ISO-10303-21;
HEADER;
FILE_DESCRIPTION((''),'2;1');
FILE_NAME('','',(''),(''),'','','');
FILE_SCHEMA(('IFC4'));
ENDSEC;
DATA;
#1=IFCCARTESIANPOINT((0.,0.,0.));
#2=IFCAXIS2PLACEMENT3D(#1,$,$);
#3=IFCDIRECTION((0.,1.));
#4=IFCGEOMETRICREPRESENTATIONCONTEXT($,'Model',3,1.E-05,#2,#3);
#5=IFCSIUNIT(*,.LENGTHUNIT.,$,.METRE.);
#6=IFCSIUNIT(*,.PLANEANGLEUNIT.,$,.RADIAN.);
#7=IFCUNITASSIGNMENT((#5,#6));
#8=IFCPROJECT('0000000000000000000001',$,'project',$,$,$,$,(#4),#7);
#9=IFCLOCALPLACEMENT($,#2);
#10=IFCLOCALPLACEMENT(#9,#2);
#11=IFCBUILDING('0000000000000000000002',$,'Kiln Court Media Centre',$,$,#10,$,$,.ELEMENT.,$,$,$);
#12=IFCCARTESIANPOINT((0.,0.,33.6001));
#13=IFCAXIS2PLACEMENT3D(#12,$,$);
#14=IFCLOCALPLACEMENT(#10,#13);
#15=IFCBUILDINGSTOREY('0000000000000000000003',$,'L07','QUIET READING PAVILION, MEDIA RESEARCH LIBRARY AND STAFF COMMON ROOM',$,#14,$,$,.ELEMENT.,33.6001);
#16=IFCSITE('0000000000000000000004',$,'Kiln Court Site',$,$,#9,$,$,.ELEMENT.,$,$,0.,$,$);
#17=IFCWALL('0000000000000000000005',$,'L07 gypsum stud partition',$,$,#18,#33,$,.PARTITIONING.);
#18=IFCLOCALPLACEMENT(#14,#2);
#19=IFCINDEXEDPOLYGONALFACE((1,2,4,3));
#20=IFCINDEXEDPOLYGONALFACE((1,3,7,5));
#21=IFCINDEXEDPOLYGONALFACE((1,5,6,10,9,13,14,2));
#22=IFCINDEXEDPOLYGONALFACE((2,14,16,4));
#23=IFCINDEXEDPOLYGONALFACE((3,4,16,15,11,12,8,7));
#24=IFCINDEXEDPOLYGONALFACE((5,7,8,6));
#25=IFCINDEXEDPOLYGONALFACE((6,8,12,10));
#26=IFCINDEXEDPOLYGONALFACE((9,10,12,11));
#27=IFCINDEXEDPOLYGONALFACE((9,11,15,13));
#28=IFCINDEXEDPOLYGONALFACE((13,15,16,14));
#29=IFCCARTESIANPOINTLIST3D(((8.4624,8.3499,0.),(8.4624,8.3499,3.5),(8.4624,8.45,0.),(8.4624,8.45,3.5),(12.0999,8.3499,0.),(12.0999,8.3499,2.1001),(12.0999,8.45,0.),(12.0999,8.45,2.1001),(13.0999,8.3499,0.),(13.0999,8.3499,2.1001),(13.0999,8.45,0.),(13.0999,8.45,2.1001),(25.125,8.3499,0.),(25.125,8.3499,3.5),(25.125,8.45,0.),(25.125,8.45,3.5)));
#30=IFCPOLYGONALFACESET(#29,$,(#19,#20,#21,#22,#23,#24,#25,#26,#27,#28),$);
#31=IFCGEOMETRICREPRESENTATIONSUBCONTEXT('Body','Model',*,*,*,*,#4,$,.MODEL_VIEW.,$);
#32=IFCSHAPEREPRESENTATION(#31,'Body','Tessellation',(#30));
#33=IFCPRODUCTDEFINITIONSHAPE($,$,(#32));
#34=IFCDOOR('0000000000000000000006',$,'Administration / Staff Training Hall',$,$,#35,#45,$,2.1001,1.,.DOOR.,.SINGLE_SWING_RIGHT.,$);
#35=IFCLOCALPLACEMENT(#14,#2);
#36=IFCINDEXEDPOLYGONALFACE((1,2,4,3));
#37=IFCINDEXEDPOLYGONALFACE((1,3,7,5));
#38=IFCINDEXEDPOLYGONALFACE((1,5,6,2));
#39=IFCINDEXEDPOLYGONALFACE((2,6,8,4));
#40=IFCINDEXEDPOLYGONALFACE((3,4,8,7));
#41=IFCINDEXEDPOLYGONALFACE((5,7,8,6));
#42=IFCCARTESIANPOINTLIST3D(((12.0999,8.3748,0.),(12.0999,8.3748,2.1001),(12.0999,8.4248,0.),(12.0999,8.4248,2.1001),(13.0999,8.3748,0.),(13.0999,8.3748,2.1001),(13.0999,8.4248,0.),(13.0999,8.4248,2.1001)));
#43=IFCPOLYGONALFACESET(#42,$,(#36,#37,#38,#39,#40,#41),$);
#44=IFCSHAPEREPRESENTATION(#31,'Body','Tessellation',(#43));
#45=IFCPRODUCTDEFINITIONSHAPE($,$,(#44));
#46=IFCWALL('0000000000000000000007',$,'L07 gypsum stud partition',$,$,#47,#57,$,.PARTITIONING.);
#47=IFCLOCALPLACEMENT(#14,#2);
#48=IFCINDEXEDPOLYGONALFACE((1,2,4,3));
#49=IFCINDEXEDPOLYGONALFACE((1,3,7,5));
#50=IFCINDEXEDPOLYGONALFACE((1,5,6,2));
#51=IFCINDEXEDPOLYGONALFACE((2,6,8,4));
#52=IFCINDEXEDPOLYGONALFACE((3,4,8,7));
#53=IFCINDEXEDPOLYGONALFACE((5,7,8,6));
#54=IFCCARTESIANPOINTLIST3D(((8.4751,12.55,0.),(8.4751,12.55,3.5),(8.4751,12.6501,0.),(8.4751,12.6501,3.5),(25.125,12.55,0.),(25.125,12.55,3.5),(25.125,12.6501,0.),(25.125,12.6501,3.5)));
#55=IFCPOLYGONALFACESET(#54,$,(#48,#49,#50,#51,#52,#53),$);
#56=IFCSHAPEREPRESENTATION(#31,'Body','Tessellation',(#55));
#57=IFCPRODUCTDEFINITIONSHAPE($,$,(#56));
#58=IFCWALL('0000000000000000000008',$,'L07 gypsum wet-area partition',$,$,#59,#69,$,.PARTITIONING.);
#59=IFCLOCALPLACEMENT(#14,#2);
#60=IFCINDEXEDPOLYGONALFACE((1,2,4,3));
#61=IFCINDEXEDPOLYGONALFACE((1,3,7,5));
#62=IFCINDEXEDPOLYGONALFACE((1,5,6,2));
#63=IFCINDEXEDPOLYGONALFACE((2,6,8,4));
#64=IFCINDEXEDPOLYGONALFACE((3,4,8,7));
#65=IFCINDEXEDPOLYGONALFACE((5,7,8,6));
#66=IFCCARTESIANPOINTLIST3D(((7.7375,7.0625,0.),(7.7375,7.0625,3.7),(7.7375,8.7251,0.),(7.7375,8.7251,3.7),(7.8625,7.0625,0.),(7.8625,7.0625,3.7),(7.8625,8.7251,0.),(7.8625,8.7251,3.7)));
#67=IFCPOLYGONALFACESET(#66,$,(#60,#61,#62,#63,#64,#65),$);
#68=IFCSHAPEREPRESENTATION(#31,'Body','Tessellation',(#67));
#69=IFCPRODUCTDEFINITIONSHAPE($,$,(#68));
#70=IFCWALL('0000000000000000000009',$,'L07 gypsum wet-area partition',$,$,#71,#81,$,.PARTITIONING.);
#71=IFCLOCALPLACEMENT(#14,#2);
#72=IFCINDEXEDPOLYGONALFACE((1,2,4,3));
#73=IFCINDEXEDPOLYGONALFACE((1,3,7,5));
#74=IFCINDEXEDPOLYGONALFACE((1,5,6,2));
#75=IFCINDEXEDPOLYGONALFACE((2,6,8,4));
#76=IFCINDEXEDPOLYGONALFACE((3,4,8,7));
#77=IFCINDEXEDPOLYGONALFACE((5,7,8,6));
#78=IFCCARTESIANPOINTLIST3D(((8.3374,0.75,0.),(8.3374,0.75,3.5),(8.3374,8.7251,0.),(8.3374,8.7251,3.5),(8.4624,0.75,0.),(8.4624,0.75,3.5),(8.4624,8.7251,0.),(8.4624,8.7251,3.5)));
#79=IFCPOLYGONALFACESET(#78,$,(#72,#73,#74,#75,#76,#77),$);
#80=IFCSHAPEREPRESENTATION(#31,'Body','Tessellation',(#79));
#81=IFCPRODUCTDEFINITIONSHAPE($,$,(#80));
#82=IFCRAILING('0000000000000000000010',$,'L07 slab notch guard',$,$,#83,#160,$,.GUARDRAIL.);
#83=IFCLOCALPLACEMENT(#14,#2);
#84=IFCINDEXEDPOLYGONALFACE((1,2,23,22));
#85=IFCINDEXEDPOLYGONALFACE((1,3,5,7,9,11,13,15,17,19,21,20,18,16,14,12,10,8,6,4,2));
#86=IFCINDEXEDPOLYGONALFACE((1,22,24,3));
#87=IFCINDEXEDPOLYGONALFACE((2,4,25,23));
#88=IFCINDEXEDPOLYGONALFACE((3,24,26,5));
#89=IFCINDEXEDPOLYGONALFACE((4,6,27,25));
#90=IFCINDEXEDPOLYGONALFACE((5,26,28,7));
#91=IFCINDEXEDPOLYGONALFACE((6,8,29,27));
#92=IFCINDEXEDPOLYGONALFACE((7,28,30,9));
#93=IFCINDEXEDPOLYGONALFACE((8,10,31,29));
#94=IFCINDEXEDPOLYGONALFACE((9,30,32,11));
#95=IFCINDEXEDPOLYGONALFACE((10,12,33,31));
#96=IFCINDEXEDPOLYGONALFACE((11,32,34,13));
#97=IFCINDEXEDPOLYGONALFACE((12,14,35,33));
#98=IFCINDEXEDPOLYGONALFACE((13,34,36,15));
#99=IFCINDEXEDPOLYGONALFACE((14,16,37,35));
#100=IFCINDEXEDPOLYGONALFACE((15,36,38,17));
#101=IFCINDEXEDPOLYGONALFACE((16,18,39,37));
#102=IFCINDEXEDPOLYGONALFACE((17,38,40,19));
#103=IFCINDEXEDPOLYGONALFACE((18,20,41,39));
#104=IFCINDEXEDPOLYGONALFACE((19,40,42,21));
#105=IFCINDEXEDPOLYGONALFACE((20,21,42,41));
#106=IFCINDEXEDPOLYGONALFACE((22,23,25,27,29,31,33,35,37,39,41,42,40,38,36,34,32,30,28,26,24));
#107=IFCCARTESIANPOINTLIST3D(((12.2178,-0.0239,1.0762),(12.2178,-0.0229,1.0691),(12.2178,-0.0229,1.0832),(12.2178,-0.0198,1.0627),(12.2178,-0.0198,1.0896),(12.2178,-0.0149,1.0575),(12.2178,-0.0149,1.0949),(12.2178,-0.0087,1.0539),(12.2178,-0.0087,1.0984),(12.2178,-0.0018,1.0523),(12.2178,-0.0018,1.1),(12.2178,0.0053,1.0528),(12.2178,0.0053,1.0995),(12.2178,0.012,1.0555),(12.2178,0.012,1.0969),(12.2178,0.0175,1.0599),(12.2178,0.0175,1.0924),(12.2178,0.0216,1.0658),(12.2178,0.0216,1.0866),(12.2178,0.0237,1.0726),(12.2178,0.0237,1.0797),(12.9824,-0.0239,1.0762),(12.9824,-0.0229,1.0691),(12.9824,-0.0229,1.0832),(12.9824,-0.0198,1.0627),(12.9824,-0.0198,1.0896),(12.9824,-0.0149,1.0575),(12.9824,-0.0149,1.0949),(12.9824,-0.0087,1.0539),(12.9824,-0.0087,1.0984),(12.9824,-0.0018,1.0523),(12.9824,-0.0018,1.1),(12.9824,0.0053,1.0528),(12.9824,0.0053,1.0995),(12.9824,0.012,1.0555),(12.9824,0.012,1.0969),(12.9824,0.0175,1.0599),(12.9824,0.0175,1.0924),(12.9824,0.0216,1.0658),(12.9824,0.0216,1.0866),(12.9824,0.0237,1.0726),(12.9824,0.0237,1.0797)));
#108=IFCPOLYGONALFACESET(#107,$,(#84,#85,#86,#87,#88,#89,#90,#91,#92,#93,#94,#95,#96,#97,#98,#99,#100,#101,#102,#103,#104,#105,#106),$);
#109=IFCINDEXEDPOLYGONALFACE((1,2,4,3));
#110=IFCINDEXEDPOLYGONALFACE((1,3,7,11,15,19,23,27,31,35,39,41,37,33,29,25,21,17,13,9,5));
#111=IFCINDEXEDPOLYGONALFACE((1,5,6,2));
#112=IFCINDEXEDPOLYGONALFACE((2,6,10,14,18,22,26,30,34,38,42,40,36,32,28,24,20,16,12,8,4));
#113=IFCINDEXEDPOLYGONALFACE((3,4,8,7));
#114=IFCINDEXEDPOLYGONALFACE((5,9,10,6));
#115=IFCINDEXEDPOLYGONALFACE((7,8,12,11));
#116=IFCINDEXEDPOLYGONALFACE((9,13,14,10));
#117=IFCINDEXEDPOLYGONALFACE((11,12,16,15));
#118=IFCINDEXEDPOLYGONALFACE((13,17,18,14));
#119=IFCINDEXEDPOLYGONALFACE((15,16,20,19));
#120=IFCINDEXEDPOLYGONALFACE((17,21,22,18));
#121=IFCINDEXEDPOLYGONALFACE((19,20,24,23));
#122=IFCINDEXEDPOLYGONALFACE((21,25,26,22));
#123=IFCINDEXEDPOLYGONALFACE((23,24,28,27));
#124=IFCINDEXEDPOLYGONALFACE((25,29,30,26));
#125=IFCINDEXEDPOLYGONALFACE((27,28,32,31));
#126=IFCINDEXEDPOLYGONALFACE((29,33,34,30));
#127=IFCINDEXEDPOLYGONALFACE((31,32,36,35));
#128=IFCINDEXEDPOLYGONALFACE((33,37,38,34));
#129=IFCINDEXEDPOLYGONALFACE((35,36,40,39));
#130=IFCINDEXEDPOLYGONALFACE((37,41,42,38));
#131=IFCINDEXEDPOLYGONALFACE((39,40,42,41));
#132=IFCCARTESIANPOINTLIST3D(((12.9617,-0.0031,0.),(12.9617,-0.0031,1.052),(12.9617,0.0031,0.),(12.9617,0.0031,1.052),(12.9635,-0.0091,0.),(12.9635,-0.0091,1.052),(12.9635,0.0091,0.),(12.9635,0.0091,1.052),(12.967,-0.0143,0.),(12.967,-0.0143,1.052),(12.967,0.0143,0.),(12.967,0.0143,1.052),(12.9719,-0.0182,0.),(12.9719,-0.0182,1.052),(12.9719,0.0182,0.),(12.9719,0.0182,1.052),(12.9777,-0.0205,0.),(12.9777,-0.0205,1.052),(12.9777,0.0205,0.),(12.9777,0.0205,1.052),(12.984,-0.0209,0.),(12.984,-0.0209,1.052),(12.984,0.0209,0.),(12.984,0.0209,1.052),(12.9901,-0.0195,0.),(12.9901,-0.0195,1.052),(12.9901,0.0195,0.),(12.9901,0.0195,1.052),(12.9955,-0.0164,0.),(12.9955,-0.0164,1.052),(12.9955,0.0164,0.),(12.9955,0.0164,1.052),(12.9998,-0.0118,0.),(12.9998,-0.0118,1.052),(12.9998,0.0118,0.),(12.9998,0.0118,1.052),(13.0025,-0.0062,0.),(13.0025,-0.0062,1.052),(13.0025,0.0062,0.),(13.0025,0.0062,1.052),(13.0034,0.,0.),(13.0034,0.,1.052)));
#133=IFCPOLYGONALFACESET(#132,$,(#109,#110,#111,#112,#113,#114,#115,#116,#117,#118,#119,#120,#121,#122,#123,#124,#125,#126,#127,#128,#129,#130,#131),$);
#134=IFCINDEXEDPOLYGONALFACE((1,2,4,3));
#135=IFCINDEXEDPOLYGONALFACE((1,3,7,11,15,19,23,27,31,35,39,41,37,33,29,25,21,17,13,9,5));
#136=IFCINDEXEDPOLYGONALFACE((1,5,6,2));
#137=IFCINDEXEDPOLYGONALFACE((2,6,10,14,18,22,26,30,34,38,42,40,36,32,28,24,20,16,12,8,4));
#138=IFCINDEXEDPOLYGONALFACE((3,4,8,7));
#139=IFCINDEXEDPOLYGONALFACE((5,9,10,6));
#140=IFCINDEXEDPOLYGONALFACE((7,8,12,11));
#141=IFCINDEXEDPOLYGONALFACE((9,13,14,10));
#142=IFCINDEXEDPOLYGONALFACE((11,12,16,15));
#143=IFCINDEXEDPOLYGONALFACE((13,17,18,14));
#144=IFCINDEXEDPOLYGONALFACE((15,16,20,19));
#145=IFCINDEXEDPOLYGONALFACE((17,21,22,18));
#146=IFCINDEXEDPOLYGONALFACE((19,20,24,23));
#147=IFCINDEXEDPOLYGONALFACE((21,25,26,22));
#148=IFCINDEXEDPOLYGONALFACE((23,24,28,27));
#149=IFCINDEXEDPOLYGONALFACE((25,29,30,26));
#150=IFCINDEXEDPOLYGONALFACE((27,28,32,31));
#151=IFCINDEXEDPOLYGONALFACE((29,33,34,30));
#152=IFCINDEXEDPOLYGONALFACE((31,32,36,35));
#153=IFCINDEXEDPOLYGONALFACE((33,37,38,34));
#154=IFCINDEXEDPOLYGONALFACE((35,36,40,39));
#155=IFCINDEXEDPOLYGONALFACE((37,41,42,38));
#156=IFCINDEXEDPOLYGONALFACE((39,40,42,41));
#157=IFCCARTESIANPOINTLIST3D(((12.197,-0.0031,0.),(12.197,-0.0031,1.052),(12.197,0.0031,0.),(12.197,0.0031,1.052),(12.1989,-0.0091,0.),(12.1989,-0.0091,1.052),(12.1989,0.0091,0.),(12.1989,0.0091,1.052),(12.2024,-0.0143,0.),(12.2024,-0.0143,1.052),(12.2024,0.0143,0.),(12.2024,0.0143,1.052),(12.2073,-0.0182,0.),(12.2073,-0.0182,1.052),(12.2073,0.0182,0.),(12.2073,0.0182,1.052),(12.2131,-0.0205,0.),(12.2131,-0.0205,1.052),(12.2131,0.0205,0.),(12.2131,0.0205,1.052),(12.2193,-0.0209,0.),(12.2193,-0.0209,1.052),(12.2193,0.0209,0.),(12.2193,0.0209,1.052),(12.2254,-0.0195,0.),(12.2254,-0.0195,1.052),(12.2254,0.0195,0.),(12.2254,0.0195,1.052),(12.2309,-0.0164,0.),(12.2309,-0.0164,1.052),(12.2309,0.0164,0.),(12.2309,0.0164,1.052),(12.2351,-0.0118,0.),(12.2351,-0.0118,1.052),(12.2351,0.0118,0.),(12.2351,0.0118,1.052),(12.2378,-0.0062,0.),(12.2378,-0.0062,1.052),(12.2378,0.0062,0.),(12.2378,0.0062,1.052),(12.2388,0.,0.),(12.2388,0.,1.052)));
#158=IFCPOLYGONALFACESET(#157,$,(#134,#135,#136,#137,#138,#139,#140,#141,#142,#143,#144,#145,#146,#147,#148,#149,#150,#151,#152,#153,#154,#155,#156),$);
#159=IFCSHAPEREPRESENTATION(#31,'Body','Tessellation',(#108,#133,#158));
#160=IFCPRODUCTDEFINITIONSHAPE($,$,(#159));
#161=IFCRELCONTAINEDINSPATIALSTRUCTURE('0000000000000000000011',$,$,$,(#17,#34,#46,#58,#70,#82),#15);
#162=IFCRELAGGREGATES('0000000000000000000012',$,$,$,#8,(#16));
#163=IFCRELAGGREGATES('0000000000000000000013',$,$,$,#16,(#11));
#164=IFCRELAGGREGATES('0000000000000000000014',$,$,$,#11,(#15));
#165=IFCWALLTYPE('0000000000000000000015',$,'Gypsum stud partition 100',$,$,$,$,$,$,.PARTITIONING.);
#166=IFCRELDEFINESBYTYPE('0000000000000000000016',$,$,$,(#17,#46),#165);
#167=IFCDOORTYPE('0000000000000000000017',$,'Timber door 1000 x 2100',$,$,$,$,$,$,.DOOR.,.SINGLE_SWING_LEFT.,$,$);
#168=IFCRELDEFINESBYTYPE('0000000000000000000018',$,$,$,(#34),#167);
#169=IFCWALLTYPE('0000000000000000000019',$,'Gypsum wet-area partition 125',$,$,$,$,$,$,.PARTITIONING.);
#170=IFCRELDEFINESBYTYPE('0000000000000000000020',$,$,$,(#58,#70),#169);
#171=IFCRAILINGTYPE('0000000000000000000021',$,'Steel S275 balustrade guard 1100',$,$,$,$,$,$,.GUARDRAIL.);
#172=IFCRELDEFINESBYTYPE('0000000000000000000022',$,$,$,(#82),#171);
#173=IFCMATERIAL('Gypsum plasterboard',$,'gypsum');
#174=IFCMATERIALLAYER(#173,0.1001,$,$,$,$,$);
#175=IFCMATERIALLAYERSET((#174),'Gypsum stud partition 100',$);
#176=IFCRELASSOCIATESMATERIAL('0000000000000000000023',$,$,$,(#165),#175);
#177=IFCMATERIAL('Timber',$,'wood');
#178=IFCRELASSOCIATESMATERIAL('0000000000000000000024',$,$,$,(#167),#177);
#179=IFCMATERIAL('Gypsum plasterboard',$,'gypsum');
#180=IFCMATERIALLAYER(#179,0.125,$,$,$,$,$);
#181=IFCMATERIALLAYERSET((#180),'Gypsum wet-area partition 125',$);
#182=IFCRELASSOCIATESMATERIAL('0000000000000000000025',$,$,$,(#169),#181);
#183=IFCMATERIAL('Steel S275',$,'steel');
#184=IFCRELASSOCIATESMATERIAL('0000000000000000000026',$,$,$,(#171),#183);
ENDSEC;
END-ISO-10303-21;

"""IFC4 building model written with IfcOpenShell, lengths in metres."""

from ifc_helpers import new_model, si_unit, direction, frame, frame_2d, origin, origin_2d, place, context, subcontext, project, spatial, rectangle, circle, extrude, material, layer, layer_set, type_object, element, fill, save


model = new_model("IFC4")

# Units and contexts
model_context = context("Model", 3, precision=1e-05, world=origin(), true_north=direction((0.0, 1.0)))
body_context = subcontext(model_context, "Body", "Model", "MODEL_VIEW")
ifc_project = project(units=[si_unit("LENGTHUNIT", "METRE"), si_unit("PLANEANGLEUNIT", "RADIAN")], contexts=[model_context])

# Site, building, storey
site_placement = place(None, origin())
site = spatial("IfcSite", under=ifc_project, at=site_placement, Name="Kiln Court Site", CompositionType="ELEMENT", RefElevation=0.0)
building_placement = place(site_placement, origin())
building = spatial("IfcBuilding", under=site, at=building_placement, Name="Kiln Court Media Centre", CompositionType="ELEMENT")
storey_placement = place(building_placement, frame((0.0, 0.0, 33.6001)))
storey = spatial("IfcBuildingStorey", under=building, at=storey_placement, Name="L07", Description="QUIET READING PAVILION, MEDIA RESEARCH LIBRARY AND STAFF COMMON ROOM", CompositionType="ELEMENT", Elevation=33.6001)

# Wall, opening, door
ifc_material_1 = material(Name="Gypsum plasterboard", Category="gypsum")
ifc_layer_1 = layer(ifc_material_1, 0.1001)
ifc_layer_set_1 = layer_set([ifc_layer_1], Name="Gypsum stud partition 100")
wall_type_1 = type_object("IfcWallType", Name="Gypsum stud partition 100", PredefinedType="PARTITIONING", material=ifc_layer_set_1)
wall_1_placement = place(storey_placement, frame((8.4624, 8.3999, 0.0), z_axis=(0.0, 0.0, 1.0), x_axis=(1.0, 0.0, 0.0)))
wall_1 = element("IfcWall", 1, at=wall_1_placement, inside=storey, type_object=wall_type_1, Name="L07 gypsum stud partition", PredefinedType="PARTITIONING", context=body_context, shape_type="SweptSolid", body=[
    extrude(rectangle(XDim=16.6626, YDim=0.1001, at=frame_2d((8.3313, 0.0))), origin(), (0.0, 0.0, 1.0), 3.5),
])
opening_placement = place(wall_1_placement, frame((3.6375, 0.0, 0.0)))
opening = element("IfcOpeningElement", 2, at=opening_placement, cuts=wall_1, PredefinedType="OPENING", context=body_context, shape_type="SweptSolid", body=[
    extrude(rectangle(XDim=1.0, YDim=2.1001, at=frame_2d((0.5, 1.05))), frame((0.0, 0.0601, 0.0), z_axis=(0.0, -1.0, 0.0), x_axis=(1.0, 0.0, 0.0)), (0.0, 0.0, 1.0), 0.1201),
])
ifc_material_2 = material(Name="Timber", Category="wood")
door_type = type_object("IfcDoorType", Name="Timber door 1000 x 2100", OperationType="SINGLE_SWING_LEFT", PredefinedType="DOOR", material=ifc_material_2)
door_placement = place(opening_placement, origin())
door = element("IfcDoor", 3, at=door_placement, inside=storey, type_object=door_type, Name="Administration / Staff Training Hall", OperationType="SINGLE_SWING_RIGHT", OverallHeight=2.1001, OverallWidth=1.0, PredefinedType="DOOR", context=body_context, shape_type="SweptSolid", body=[
    extrude(rectangle(XDim=1.0, YDim=2.1001, at=frame_2d((0.5, 1.05))), frame((0.0, 0.0249, 0.0), z_axis=(0.0, -1.0, 0.0), x_axis=(1.0, 0.0, 0.0)), (0.0, 0.0, 1.0), 0.05),
])
fill(opening, door)

# Walls
wall_2_placement = place(storey_placement, frame((8.4751, 12.6001, 0.0), z_axis=(0.0, 0.0, 1.0), x_axis=(1.0, 0.0, 0.0)))
element("IfcWall", 4, at=wall_2_placement, inside=storey, type_object=wall_type_1, Name="L07 gypsum stud partition", PredefinedType="PARTITIONING", context=body_context, shape_type="SweptSolid", body=[
    extrude(rectangle(XDim=16.6499, YDim=0.1001, at=frame_2d((8.325, 0.0))), origin(), (0.0, 0.0, 1.0), 3.5),
])
ifc_material_3 = material(Name="Gypsum plasterboard", Category="gypsum")
ifc_layer_2 = layer(ifc_material_3, 0.125)
ifc_layer_set_2 = layer_set([ifc_layer_2], Name="Gypsum wet-area partition 125")
wall_type_2 = type_object("IfcWallType", Name="Gypsum wet-area partition 125", PredefinedType="PARTITIONING", material=ifc_layer_set_2)
wall_3_placement = place(storey_placement, frame((7.8, 7.0625, 0.0), z_axis=(0.0, 0.0, 1.0), x_axis=(0.0, 1.0, 0.0)))
element("IfcWall", 5, at=wall_3_placement, inside=storey, type_object=wall_type_2, Name="L07 gypsum wet-area partition", PredefinedType="PARTITIONING", context=body_context, shape_type="SweptSolid", body=[
    extrude(rectangle(XDim=1.6626, YDim=0.125, at=frame_2d((0.8313, 0.0))), origin(), (0.0, 0.0, 1.0), 3.7),
])
wall_4_placement = place(storey_placement, frame((8.3999, 0.75, 0.0), z_axis=(0.0, 0.0, 1.0), x_axis=(0.0, 1.0, 0.0)))
element("IfcWall", 6, at=wall_4_placement, inside=storey, type_object=wall_type_2, Name="L07 gypsum wet-area partition", PredefinedType="PARTITIONING", context=body_context, shape_type="SweptSolid", body=[
    extrude(rectangle(XDim=7.9751, YDim=0.125, at=frame_2d((3.9875, 0.0))), origin(), (0.0, 0.0, 1.0), 3.5),
])

# Railing
ifc_material_4 = material(Name="Steel S275", Category="steel")
railing_type = type_object("IfcRailingType", Name="Steel S275 balustrade guard 1100", PredefinedType="GUARDRAIL", material=ifc_material_4)
for number, where, name in (
    (7, (12.9824, 0.0, 0.0), "L07 slab notch guard"),
):
    element("IfcRailing", number, at=place(storey_placement, frame(where)), inside=storey, type_object=railing_type, Name=name, PredefinedType="GUARDRAIL", context=body_context, shape_type="SweptSolid", body=[
        extrude(circle(Radius=0.0239, at=origin_2d()), frame((0.0, 0.0, 1.0762), z_axis=(-1.0, 0.0, 0.0), x_axis=(0.0, -1.0, 0.0)), (0.0, 0.0, 1.0), 0.7646),
        extrude(circle(Radius=0.021, at=origin_2d()), origin(), (0.0, 0.0, 1.0), 1.052),
        extrude(circle(Radius=0.021, at=origin_2d()), frame((-0.7646, 0.0, 0.0)), (0.0, 0.0, 1.0), 1.052),
    ])

save(model, "model.ifc")
